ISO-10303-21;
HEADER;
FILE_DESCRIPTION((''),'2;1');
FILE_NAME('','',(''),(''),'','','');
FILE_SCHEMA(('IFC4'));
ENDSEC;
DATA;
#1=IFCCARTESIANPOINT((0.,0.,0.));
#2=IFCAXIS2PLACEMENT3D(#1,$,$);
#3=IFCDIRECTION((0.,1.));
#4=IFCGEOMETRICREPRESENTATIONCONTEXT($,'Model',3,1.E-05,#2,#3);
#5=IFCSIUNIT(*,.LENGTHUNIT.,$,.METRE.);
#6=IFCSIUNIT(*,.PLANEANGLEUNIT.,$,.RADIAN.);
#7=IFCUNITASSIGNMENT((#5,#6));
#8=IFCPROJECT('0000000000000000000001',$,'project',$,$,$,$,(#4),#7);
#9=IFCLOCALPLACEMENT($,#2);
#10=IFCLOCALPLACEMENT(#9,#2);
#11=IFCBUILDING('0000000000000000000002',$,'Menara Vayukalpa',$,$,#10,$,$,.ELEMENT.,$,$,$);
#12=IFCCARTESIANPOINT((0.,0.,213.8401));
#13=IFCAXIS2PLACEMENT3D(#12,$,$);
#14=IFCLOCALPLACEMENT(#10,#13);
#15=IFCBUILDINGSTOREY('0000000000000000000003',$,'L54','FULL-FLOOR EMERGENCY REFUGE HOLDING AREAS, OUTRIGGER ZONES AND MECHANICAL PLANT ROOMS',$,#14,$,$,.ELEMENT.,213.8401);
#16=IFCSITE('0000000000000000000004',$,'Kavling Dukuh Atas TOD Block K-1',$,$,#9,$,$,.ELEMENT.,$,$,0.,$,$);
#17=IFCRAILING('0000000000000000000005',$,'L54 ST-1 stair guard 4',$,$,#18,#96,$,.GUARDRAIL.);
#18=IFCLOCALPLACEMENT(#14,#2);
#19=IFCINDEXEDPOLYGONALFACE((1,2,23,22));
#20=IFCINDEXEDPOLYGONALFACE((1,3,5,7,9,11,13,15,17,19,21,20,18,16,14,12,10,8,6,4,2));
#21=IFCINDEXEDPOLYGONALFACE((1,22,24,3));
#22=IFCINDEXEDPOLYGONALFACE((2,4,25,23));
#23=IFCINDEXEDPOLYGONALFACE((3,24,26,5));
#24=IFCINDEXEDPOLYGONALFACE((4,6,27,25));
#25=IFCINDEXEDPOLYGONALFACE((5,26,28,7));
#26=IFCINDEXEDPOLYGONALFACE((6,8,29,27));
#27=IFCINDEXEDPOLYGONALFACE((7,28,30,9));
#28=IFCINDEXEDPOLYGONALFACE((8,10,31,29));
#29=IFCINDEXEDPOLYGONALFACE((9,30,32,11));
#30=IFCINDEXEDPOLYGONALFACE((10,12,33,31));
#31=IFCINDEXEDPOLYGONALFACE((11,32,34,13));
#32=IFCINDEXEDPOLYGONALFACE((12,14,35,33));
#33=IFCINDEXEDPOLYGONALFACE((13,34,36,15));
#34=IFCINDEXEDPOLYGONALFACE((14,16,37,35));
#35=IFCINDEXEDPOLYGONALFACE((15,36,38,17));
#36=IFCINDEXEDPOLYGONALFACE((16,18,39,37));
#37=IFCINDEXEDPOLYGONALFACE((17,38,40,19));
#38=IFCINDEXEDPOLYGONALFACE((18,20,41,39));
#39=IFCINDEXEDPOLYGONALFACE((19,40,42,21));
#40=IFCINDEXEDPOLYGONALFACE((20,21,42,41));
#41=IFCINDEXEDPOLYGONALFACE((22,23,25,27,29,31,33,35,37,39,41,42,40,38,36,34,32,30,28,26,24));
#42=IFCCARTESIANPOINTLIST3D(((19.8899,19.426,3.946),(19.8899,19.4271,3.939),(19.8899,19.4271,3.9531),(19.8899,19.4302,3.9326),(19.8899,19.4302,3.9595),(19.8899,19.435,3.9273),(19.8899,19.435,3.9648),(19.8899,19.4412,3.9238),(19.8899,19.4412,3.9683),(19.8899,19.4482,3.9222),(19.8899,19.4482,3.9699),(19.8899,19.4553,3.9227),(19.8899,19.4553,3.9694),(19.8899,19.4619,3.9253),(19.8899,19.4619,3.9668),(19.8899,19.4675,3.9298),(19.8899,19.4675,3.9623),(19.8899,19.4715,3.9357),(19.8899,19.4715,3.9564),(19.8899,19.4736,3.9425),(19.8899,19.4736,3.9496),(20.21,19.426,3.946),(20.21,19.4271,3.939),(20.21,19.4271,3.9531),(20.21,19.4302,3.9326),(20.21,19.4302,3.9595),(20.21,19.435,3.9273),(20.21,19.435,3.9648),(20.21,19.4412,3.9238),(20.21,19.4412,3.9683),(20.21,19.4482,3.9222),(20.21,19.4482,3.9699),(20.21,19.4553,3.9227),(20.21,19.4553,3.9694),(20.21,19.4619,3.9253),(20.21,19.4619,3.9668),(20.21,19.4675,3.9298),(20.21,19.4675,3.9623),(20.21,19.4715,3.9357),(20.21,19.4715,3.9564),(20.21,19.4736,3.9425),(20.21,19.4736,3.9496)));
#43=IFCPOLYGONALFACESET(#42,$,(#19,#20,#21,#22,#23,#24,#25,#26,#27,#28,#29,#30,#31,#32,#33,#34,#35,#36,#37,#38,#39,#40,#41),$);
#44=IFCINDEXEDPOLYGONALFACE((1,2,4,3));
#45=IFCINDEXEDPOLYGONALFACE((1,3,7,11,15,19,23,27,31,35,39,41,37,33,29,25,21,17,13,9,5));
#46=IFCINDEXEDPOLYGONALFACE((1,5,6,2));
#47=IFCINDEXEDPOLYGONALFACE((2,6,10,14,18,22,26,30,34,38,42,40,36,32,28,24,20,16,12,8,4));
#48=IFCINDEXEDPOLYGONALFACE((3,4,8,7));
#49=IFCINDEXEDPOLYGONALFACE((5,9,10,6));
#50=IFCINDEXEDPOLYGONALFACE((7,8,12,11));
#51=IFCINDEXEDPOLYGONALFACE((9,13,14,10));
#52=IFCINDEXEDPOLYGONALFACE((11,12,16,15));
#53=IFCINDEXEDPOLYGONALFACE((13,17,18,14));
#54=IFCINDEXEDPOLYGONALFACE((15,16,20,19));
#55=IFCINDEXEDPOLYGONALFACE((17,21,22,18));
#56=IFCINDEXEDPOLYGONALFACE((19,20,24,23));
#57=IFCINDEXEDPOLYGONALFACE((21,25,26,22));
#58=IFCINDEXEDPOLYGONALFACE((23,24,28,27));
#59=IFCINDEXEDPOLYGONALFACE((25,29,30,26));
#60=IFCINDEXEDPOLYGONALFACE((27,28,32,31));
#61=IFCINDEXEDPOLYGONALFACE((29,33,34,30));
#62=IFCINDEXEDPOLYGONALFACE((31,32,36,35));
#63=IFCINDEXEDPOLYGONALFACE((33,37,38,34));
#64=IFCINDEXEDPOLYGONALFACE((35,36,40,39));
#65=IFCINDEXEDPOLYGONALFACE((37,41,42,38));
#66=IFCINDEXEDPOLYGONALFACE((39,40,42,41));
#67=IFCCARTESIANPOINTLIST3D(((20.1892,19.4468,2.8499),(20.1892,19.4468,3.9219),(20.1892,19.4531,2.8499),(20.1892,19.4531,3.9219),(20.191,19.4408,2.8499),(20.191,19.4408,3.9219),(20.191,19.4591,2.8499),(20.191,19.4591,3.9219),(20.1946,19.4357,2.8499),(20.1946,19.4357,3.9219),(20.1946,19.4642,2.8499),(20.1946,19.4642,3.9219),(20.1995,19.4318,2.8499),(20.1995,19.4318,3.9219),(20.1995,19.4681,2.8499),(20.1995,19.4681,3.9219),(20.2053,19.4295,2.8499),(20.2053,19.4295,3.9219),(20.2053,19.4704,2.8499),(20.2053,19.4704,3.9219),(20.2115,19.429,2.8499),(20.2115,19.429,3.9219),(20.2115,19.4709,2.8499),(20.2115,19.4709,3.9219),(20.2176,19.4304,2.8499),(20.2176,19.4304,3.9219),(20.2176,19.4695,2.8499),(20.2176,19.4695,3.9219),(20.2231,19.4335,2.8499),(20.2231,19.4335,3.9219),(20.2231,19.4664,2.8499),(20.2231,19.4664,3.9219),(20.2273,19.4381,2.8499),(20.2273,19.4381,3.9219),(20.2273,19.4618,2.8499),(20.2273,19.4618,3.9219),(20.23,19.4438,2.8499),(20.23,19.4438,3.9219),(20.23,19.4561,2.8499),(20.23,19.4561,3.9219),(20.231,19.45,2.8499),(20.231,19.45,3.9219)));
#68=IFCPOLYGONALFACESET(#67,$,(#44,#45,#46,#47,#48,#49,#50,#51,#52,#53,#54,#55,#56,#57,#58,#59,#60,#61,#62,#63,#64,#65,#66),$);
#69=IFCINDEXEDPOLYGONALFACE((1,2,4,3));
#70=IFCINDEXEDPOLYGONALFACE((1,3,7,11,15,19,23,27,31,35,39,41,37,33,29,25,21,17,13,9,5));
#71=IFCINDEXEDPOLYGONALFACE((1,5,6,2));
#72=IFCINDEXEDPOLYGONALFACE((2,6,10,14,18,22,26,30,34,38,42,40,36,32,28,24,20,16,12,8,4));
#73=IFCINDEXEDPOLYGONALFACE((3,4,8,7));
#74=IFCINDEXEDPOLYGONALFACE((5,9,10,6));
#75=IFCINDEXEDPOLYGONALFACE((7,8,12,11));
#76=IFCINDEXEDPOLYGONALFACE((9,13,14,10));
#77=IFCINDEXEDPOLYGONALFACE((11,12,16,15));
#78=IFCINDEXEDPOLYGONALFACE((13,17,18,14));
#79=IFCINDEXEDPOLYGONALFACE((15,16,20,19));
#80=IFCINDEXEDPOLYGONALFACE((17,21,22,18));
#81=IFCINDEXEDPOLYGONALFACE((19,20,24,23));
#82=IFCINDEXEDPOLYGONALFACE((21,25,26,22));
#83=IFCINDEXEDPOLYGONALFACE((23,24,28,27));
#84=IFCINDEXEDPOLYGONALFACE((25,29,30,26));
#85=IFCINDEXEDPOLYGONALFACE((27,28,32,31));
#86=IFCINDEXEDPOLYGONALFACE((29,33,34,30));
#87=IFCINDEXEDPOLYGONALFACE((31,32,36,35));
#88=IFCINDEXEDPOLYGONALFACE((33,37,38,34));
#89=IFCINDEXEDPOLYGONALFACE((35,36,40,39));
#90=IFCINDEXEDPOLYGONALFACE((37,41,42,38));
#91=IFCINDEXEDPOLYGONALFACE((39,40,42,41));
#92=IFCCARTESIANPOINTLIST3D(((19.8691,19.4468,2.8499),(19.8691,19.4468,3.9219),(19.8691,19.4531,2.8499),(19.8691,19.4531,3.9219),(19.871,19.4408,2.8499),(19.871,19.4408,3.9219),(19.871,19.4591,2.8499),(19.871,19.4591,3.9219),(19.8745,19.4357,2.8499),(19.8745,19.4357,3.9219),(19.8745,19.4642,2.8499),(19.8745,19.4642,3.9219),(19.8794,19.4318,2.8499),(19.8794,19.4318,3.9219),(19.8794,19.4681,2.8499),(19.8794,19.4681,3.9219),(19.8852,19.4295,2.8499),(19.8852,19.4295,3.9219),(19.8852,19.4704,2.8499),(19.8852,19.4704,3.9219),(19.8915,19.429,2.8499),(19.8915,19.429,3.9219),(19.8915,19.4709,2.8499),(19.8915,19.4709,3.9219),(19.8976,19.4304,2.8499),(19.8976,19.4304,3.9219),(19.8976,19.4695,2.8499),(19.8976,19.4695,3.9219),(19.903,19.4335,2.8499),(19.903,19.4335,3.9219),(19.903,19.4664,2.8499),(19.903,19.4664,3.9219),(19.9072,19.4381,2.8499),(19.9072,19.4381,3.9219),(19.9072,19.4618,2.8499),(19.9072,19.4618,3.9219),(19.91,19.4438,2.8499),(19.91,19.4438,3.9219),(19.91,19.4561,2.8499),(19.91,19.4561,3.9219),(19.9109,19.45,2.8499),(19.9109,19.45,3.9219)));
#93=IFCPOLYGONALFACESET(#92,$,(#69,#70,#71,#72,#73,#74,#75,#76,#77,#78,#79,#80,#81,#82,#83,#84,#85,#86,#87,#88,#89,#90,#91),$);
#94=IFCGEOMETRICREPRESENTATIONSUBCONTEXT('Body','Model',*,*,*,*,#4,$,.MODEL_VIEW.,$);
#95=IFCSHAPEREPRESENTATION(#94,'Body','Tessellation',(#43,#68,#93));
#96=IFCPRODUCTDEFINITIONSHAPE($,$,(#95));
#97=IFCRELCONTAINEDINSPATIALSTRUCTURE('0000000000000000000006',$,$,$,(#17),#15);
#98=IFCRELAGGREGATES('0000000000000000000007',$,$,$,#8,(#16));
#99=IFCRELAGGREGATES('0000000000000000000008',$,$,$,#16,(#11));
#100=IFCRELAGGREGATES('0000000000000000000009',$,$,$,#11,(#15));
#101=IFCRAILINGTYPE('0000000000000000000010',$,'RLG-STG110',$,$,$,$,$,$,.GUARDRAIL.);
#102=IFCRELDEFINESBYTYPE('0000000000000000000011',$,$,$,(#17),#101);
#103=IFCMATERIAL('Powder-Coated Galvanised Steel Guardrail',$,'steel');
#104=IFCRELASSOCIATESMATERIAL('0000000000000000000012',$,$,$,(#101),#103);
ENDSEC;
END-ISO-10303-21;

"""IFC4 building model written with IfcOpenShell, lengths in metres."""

from ifc_helpers import new_model, si_unit, direction, frame, origin, origin_2d, place, context, subcontext, project, spatial, circle, extrude, material, type_object, element, save


model = new_model("IFC4")

# Units and contexts
model_context = context("Model", 3, precision=1e-05, world=origin(), true_north=direction((0.0, 1.0)))
body_context = subcontext(model_context, "Body", "Model", "MODEL_VIEW")
ifc_project = project(units=[si_unit("LENGTHUNIT", "METRE"), si_unit("PLANEANGLEUNIT", "RADIAN")], contexts=[model_context])

# Site, building, storey
site_placement = place(None, origin())
site = spatial("IfcSite", under=ifc_project, at=site_placement, Name="Kavling Dukuh Atas TOD Block K-1", CompositionType="ELEMENT", RefElevation=0.0)
building_placement = place(site_placement, origin())
building = spatial("IfcBuilding", under=site, at=building_placement, Name="Menara Vayukalpa", CompositionType="ELEMENT")
storey_placement = place(building_placement, frame((0.0, 0.0, 213.8401)))
storey = spatial("IfcBuildingStorey", under=building, at=storey_placement, Name="L54", Description="FULL-FLOOR EMERGENCY REFUGE HOLDING AREAS, OUTRIGGER ZONES AND MECHANICAL PLANT ROOMS", CompositionType="ELEMENT", Elevation=213.8401)

# Railing
ifc_material_1 = material(Name="Powder-Coated Galvanised Steel Guardrail", Category="steel")
railing_type_1 = type_object("IfcRailingType", Name="RLG-STG110", PredefinedType="GUARDRAIL", material=ifc_material_1)
railing_1_placement = place(storey_placement, frame((20.21, 19.45, 2.8499)))
element("IfcRailing", 1, at=railing_1_placement, inside=storey, type_object=railing_type_1, Name="L54 ST-1 stair guard 4", PredefinedType="GUARDRAIL", context=body_context, shape_type="SweptSolid", body=[
    extrude(circle(Radius=0.0239, at=origin_2d()), frame((0.0, 0.0, 1.0962), z_axis=(-1.0, 0.0, 0.0), x_axis=(0.0, -1.0, 0.0)), (0.0, 0.0, 1.0), 0.3201),
    extrude(circle(Radius=0.021, at=origin_2d()), origin(), (0.0, 0.0, 1.0), 1.072),
    extrude(circle(Radius=0.021, at=origin_2d()), frame((-0.3201, 0.0, 0.0)), (0.0, 0.0, 1.0), 1.072),
])

save(model, "model.ifc")
